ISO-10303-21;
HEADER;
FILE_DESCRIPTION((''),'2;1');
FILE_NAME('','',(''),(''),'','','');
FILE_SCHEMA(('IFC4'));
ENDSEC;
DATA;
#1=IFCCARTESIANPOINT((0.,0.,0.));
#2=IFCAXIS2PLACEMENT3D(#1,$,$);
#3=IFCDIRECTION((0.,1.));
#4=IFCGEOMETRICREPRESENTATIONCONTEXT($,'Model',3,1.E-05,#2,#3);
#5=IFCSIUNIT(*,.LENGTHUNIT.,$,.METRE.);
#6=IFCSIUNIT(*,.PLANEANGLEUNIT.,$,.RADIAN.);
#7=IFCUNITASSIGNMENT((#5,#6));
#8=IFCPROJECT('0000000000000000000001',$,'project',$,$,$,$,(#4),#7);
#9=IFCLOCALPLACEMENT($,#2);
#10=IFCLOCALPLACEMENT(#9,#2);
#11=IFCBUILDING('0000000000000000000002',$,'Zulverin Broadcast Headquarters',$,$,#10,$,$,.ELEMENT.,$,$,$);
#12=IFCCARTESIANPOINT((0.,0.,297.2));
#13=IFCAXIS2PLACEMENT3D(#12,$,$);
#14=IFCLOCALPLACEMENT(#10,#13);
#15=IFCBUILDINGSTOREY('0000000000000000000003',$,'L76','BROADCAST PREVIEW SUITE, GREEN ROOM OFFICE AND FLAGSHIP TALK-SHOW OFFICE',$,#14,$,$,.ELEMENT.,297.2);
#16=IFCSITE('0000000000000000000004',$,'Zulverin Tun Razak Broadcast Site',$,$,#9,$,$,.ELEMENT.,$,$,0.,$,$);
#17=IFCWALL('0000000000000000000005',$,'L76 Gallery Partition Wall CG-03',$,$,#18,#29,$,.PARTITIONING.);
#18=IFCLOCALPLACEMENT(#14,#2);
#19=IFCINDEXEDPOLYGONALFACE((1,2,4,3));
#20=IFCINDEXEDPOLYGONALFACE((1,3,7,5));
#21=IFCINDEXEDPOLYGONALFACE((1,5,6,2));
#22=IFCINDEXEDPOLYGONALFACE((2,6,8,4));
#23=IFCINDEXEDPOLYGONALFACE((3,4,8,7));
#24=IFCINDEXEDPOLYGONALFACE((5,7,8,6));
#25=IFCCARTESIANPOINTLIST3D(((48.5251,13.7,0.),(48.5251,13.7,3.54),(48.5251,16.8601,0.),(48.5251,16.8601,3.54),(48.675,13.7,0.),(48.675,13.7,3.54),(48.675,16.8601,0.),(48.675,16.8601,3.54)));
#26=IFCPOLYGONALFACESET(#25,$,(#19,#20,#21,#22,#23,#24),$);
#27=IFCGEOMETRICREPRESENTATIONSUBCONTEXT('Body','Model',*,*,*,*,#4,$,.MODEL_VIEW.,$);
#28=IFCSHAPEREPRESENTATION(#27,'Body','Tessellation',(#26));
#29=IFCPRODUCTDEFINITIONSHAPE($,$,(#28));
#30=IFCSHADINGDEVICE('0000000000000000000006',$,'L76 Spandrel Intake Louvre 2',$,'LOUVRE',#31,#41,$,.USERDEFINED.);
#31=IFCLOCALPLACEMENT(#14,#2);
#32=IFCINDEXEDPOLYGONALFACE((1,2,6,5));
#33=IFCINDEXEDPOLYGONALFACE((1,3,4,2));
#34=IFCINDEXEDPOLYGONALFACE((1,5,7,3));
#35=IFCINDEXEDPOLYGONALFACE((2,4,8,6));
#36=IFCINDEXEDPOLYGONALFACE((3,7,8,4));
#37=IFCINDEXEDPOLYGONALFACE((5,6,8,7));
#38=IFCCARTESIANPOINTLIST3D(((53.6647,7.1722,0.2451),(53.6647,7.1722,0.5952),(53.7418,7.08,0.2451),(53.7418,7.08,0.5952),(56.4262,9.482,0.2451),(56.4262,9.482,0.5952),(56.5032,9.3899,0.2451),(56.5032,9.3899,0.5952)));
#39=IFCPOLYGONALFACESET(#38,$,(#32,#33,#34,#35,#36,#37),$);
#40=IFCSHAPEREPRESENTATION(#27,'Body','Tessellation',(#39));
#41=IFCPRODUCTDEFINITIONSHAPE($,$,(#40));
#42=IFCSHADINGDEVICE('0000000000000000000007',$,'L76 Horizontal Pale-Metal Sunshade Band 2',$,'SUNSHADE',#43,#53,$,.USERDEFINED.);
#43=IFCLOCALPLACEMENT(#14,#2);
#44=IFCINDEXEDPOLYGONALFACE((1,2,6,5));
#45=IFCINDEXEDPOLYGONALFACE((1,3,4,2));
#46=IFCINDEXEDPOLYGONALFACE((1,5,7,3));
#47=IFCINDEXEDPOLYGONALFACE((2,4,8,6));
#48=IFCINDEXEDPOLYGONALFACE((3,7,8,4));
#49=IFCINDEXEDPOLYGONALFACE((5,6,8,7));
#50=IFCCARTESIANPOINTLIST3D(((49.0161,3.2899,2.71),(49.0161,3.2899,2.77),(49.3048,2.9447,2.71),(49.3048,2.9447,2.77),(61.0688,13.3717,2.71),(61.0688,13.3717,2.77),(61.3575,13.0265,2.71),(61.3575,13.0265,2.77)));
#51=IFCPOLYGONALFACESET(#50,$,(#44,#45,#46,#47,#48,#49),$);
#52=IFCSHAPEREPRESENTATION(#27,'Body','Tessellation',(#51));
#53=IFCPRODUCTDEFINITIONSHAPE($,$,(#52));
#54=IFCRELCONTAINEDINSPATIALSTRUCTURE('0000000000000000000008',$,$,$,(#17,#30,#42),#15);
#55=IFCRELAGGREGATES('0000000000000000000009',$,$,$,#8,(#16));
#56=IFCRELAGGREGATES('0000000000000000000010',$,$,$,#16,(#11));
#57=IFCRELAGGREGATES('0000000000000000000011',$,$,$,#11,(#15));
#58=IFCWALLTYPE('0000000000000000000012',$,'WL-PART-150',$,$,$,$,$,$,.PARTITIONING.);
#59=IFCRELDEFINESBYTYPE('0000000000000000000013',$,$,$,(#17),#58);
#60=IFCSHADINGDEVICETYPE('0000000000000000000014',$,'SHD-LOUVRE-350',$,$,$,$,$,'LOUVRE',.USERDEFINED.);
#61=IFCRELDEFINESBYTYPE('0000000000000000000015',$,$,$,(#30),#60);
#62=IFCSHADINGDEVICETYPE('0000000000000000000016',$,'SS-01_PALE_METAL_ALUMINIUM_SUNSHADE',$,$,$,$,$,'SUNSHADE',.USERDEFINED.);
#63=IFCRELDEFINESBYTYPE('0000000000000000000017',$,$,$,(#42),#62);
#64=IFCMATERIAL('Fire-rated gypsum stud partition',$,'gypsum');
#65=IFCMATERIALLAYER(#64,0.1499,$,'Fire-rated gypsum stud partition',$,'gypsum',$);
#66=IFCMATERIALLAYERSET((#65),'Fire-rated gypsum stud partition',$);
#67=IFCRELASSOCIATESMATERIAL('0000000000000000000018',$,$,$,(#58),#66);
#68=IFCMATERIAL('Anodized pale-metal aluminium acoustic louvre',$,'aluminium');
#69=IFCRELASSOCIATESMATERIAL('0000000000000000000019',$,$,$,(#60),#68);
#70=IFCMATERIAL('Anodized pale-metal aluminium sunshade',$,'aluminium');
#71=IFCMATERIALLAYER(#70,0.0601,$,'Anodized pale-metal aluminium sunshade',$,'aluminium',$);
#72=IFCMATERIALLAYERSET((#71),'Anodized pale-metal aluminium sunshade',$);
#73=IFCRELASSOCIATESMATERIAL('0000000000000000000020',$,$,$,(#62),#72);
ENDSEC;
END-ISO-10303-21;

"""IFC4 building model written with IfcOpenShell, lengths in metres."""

from ifc_helpers import new_model, si_unit, direction, frame, frame_2d, origin, origin_2d, place, context, subcontext, project, spatial, rectangle, extrude, material, layer, layer_set, type_object, element, save


model = new_model("IFC4")

# Units and contexts
model_context = context("Model", 3, precision=1e-05, world=origin(), true_north=direction((0.0, 1.0)))
body_context = subcontext(model_context, "Body", "Model", "MODEL_VIEW")
ifc_project = project(units=[si_unit("LENGTHUNIT", "METRE"), si_unit("PLANEANGLEUNIT", "RADIAN")], contexts=[model_context])

# Site, building, storey
site_placement = place(None, origin())
site = spatial("IfcSite", under=ifc_project, at=site_placement, Name="Zulverin Tun Razak Broadcast Site", CompositionType="ELEMENT", RefElevation=0.0)
building_placement = place(site_placement, origin())
building = spatial("IfcBuilding", under=site, at=building_placement, Name="Zulverin Broadcast Headquarters", CompositionType="ELEMENT")
storey_placement = place(building_placement, frame((0.0, 0.0, 297.2)))
storey = spatial("IfcBuildingStorey", under=building, at=storey_placement, Name="L76", Description="BROADCAST PREVIEW SUITE, GREEN ROOM OFFICE AND FLAGSHIP TALK-SHOW OFFICE", CompositionType="ELEMENT", Elevation=297.2)

# Wall
ifc_material_1 = material(Name="Fire-rated gypsum stud partition", Category="gypsum")
ifc_layer_1 = layer(ifc_material_1, 0.1499, Name="Fire-rated gypsum stud partition", Category="gypsum")
ifc_layer_set_1 = layer_set([ifc_layer_1], Name="Fire-rated gypsum stud partition")
wall_type_1 = type_object("IfcWallType", Name="WL-PART-150", PredefinedType="PARTITIONING", material=ifc_layer_set_1)
wall_1_placement = place(storey_placement, frame((48.6001, 13.7, 0.0), z_axis=(0.0, 0.0, 1.0), x_axis=(0.0, 1.0, 0.0)))
element("IfcWall", 1, at=wall_1_placement, inside=storey, type_object=wall_type_1, Name="L76 Gallery Partition Wall CG-03", PredefinedType="PARTITIONING", context=body_context, shape_type="SweptSolid", body=[
    extrude(rectangle(XDim=3.1602, YDim=0.1499, at=frame_2d((1.5801, 0.0))), origin(), (0.0, 0.0, 1.0), 3.54),
])

# Shading devices
ifc_material_2 = material(Name="Anodized pale-metal aluminium acoustic louvre", Category="aluminium")
shading_device_type_1 = type_object("IfcShadingDeviceType", Name="SHD-LOUVRE-350", ElementType="LOUVRE", PredefinedType="USERDEFINED", material=ifc_material_2)
shading_device_1_placement = place(storey_placement, frame((55.084, 8.281, 0.2451), z_axis=(0.0, 0.0, 1.0), x_axis=(0.767035, 0.641605, 0.0)))
element("IfcShadingDevice", 2, at=shading_device_1_placement, inside=storey, type_object=shading_device_type_1, Name="L76 Spandrel Intake Louvre 2", ObjectType="LOUVRE", PredefinedType="USERDEFINED", context=body_context, shape_type="SweptSolid", body=[
    extrude(rectangle(XDim=3.6001, YDim=0.1201, at=origin_2d()), origin(), (0.0, 0.0, 1.0), 0.3501),
])
ifc_material_3 = material(Name="Anodized pale-metal aluminium sunshade", Category="aluminium")
ifc_layer_2 = layer(ifc_material_3, 0.0601, Name="Anodized pale-metal aluminium sunshade", Category="aluminium")
ifc_layer_set_2 = layer_set([ifc_layer_2], Name="Anodized pale-metal aluminium sunshade")
shading_device_type_2 = type_object("IfcShadingDeviceType", Name="SS-01_PALE_METAL_ALUMINIUM_SUNSHADE", ElementType="SUNSHADE", PredefinedType="USERDEFINED", material=ifc_layer_set_2)
shading_device_2_placement = place(storey_placement, frame((55.1868, 8.1582, 2.71), z_axis=(0.0, 0.0, 1.0), x_axis=(0.767035, 0.641605, 0.0)))
element("IfcShadingDevice", 3, at=shading_device_2_placement, inside=storey, type_object=shading_device_type_2, Name="L76 Horizontal Pale-Metal Sunshade Band 2", ObjectType="SUNSHADE", PredefinedType="USERDEFINED", context=body_context, shape_type="SweptSolid", body=[
    extrude(rectangle(XDim=15.7134, YDim=0.45, at=origin_2d()), origin(), (0.0, 0.0, 1.0), 0.0601),
])

save(model, "model.ifc")
